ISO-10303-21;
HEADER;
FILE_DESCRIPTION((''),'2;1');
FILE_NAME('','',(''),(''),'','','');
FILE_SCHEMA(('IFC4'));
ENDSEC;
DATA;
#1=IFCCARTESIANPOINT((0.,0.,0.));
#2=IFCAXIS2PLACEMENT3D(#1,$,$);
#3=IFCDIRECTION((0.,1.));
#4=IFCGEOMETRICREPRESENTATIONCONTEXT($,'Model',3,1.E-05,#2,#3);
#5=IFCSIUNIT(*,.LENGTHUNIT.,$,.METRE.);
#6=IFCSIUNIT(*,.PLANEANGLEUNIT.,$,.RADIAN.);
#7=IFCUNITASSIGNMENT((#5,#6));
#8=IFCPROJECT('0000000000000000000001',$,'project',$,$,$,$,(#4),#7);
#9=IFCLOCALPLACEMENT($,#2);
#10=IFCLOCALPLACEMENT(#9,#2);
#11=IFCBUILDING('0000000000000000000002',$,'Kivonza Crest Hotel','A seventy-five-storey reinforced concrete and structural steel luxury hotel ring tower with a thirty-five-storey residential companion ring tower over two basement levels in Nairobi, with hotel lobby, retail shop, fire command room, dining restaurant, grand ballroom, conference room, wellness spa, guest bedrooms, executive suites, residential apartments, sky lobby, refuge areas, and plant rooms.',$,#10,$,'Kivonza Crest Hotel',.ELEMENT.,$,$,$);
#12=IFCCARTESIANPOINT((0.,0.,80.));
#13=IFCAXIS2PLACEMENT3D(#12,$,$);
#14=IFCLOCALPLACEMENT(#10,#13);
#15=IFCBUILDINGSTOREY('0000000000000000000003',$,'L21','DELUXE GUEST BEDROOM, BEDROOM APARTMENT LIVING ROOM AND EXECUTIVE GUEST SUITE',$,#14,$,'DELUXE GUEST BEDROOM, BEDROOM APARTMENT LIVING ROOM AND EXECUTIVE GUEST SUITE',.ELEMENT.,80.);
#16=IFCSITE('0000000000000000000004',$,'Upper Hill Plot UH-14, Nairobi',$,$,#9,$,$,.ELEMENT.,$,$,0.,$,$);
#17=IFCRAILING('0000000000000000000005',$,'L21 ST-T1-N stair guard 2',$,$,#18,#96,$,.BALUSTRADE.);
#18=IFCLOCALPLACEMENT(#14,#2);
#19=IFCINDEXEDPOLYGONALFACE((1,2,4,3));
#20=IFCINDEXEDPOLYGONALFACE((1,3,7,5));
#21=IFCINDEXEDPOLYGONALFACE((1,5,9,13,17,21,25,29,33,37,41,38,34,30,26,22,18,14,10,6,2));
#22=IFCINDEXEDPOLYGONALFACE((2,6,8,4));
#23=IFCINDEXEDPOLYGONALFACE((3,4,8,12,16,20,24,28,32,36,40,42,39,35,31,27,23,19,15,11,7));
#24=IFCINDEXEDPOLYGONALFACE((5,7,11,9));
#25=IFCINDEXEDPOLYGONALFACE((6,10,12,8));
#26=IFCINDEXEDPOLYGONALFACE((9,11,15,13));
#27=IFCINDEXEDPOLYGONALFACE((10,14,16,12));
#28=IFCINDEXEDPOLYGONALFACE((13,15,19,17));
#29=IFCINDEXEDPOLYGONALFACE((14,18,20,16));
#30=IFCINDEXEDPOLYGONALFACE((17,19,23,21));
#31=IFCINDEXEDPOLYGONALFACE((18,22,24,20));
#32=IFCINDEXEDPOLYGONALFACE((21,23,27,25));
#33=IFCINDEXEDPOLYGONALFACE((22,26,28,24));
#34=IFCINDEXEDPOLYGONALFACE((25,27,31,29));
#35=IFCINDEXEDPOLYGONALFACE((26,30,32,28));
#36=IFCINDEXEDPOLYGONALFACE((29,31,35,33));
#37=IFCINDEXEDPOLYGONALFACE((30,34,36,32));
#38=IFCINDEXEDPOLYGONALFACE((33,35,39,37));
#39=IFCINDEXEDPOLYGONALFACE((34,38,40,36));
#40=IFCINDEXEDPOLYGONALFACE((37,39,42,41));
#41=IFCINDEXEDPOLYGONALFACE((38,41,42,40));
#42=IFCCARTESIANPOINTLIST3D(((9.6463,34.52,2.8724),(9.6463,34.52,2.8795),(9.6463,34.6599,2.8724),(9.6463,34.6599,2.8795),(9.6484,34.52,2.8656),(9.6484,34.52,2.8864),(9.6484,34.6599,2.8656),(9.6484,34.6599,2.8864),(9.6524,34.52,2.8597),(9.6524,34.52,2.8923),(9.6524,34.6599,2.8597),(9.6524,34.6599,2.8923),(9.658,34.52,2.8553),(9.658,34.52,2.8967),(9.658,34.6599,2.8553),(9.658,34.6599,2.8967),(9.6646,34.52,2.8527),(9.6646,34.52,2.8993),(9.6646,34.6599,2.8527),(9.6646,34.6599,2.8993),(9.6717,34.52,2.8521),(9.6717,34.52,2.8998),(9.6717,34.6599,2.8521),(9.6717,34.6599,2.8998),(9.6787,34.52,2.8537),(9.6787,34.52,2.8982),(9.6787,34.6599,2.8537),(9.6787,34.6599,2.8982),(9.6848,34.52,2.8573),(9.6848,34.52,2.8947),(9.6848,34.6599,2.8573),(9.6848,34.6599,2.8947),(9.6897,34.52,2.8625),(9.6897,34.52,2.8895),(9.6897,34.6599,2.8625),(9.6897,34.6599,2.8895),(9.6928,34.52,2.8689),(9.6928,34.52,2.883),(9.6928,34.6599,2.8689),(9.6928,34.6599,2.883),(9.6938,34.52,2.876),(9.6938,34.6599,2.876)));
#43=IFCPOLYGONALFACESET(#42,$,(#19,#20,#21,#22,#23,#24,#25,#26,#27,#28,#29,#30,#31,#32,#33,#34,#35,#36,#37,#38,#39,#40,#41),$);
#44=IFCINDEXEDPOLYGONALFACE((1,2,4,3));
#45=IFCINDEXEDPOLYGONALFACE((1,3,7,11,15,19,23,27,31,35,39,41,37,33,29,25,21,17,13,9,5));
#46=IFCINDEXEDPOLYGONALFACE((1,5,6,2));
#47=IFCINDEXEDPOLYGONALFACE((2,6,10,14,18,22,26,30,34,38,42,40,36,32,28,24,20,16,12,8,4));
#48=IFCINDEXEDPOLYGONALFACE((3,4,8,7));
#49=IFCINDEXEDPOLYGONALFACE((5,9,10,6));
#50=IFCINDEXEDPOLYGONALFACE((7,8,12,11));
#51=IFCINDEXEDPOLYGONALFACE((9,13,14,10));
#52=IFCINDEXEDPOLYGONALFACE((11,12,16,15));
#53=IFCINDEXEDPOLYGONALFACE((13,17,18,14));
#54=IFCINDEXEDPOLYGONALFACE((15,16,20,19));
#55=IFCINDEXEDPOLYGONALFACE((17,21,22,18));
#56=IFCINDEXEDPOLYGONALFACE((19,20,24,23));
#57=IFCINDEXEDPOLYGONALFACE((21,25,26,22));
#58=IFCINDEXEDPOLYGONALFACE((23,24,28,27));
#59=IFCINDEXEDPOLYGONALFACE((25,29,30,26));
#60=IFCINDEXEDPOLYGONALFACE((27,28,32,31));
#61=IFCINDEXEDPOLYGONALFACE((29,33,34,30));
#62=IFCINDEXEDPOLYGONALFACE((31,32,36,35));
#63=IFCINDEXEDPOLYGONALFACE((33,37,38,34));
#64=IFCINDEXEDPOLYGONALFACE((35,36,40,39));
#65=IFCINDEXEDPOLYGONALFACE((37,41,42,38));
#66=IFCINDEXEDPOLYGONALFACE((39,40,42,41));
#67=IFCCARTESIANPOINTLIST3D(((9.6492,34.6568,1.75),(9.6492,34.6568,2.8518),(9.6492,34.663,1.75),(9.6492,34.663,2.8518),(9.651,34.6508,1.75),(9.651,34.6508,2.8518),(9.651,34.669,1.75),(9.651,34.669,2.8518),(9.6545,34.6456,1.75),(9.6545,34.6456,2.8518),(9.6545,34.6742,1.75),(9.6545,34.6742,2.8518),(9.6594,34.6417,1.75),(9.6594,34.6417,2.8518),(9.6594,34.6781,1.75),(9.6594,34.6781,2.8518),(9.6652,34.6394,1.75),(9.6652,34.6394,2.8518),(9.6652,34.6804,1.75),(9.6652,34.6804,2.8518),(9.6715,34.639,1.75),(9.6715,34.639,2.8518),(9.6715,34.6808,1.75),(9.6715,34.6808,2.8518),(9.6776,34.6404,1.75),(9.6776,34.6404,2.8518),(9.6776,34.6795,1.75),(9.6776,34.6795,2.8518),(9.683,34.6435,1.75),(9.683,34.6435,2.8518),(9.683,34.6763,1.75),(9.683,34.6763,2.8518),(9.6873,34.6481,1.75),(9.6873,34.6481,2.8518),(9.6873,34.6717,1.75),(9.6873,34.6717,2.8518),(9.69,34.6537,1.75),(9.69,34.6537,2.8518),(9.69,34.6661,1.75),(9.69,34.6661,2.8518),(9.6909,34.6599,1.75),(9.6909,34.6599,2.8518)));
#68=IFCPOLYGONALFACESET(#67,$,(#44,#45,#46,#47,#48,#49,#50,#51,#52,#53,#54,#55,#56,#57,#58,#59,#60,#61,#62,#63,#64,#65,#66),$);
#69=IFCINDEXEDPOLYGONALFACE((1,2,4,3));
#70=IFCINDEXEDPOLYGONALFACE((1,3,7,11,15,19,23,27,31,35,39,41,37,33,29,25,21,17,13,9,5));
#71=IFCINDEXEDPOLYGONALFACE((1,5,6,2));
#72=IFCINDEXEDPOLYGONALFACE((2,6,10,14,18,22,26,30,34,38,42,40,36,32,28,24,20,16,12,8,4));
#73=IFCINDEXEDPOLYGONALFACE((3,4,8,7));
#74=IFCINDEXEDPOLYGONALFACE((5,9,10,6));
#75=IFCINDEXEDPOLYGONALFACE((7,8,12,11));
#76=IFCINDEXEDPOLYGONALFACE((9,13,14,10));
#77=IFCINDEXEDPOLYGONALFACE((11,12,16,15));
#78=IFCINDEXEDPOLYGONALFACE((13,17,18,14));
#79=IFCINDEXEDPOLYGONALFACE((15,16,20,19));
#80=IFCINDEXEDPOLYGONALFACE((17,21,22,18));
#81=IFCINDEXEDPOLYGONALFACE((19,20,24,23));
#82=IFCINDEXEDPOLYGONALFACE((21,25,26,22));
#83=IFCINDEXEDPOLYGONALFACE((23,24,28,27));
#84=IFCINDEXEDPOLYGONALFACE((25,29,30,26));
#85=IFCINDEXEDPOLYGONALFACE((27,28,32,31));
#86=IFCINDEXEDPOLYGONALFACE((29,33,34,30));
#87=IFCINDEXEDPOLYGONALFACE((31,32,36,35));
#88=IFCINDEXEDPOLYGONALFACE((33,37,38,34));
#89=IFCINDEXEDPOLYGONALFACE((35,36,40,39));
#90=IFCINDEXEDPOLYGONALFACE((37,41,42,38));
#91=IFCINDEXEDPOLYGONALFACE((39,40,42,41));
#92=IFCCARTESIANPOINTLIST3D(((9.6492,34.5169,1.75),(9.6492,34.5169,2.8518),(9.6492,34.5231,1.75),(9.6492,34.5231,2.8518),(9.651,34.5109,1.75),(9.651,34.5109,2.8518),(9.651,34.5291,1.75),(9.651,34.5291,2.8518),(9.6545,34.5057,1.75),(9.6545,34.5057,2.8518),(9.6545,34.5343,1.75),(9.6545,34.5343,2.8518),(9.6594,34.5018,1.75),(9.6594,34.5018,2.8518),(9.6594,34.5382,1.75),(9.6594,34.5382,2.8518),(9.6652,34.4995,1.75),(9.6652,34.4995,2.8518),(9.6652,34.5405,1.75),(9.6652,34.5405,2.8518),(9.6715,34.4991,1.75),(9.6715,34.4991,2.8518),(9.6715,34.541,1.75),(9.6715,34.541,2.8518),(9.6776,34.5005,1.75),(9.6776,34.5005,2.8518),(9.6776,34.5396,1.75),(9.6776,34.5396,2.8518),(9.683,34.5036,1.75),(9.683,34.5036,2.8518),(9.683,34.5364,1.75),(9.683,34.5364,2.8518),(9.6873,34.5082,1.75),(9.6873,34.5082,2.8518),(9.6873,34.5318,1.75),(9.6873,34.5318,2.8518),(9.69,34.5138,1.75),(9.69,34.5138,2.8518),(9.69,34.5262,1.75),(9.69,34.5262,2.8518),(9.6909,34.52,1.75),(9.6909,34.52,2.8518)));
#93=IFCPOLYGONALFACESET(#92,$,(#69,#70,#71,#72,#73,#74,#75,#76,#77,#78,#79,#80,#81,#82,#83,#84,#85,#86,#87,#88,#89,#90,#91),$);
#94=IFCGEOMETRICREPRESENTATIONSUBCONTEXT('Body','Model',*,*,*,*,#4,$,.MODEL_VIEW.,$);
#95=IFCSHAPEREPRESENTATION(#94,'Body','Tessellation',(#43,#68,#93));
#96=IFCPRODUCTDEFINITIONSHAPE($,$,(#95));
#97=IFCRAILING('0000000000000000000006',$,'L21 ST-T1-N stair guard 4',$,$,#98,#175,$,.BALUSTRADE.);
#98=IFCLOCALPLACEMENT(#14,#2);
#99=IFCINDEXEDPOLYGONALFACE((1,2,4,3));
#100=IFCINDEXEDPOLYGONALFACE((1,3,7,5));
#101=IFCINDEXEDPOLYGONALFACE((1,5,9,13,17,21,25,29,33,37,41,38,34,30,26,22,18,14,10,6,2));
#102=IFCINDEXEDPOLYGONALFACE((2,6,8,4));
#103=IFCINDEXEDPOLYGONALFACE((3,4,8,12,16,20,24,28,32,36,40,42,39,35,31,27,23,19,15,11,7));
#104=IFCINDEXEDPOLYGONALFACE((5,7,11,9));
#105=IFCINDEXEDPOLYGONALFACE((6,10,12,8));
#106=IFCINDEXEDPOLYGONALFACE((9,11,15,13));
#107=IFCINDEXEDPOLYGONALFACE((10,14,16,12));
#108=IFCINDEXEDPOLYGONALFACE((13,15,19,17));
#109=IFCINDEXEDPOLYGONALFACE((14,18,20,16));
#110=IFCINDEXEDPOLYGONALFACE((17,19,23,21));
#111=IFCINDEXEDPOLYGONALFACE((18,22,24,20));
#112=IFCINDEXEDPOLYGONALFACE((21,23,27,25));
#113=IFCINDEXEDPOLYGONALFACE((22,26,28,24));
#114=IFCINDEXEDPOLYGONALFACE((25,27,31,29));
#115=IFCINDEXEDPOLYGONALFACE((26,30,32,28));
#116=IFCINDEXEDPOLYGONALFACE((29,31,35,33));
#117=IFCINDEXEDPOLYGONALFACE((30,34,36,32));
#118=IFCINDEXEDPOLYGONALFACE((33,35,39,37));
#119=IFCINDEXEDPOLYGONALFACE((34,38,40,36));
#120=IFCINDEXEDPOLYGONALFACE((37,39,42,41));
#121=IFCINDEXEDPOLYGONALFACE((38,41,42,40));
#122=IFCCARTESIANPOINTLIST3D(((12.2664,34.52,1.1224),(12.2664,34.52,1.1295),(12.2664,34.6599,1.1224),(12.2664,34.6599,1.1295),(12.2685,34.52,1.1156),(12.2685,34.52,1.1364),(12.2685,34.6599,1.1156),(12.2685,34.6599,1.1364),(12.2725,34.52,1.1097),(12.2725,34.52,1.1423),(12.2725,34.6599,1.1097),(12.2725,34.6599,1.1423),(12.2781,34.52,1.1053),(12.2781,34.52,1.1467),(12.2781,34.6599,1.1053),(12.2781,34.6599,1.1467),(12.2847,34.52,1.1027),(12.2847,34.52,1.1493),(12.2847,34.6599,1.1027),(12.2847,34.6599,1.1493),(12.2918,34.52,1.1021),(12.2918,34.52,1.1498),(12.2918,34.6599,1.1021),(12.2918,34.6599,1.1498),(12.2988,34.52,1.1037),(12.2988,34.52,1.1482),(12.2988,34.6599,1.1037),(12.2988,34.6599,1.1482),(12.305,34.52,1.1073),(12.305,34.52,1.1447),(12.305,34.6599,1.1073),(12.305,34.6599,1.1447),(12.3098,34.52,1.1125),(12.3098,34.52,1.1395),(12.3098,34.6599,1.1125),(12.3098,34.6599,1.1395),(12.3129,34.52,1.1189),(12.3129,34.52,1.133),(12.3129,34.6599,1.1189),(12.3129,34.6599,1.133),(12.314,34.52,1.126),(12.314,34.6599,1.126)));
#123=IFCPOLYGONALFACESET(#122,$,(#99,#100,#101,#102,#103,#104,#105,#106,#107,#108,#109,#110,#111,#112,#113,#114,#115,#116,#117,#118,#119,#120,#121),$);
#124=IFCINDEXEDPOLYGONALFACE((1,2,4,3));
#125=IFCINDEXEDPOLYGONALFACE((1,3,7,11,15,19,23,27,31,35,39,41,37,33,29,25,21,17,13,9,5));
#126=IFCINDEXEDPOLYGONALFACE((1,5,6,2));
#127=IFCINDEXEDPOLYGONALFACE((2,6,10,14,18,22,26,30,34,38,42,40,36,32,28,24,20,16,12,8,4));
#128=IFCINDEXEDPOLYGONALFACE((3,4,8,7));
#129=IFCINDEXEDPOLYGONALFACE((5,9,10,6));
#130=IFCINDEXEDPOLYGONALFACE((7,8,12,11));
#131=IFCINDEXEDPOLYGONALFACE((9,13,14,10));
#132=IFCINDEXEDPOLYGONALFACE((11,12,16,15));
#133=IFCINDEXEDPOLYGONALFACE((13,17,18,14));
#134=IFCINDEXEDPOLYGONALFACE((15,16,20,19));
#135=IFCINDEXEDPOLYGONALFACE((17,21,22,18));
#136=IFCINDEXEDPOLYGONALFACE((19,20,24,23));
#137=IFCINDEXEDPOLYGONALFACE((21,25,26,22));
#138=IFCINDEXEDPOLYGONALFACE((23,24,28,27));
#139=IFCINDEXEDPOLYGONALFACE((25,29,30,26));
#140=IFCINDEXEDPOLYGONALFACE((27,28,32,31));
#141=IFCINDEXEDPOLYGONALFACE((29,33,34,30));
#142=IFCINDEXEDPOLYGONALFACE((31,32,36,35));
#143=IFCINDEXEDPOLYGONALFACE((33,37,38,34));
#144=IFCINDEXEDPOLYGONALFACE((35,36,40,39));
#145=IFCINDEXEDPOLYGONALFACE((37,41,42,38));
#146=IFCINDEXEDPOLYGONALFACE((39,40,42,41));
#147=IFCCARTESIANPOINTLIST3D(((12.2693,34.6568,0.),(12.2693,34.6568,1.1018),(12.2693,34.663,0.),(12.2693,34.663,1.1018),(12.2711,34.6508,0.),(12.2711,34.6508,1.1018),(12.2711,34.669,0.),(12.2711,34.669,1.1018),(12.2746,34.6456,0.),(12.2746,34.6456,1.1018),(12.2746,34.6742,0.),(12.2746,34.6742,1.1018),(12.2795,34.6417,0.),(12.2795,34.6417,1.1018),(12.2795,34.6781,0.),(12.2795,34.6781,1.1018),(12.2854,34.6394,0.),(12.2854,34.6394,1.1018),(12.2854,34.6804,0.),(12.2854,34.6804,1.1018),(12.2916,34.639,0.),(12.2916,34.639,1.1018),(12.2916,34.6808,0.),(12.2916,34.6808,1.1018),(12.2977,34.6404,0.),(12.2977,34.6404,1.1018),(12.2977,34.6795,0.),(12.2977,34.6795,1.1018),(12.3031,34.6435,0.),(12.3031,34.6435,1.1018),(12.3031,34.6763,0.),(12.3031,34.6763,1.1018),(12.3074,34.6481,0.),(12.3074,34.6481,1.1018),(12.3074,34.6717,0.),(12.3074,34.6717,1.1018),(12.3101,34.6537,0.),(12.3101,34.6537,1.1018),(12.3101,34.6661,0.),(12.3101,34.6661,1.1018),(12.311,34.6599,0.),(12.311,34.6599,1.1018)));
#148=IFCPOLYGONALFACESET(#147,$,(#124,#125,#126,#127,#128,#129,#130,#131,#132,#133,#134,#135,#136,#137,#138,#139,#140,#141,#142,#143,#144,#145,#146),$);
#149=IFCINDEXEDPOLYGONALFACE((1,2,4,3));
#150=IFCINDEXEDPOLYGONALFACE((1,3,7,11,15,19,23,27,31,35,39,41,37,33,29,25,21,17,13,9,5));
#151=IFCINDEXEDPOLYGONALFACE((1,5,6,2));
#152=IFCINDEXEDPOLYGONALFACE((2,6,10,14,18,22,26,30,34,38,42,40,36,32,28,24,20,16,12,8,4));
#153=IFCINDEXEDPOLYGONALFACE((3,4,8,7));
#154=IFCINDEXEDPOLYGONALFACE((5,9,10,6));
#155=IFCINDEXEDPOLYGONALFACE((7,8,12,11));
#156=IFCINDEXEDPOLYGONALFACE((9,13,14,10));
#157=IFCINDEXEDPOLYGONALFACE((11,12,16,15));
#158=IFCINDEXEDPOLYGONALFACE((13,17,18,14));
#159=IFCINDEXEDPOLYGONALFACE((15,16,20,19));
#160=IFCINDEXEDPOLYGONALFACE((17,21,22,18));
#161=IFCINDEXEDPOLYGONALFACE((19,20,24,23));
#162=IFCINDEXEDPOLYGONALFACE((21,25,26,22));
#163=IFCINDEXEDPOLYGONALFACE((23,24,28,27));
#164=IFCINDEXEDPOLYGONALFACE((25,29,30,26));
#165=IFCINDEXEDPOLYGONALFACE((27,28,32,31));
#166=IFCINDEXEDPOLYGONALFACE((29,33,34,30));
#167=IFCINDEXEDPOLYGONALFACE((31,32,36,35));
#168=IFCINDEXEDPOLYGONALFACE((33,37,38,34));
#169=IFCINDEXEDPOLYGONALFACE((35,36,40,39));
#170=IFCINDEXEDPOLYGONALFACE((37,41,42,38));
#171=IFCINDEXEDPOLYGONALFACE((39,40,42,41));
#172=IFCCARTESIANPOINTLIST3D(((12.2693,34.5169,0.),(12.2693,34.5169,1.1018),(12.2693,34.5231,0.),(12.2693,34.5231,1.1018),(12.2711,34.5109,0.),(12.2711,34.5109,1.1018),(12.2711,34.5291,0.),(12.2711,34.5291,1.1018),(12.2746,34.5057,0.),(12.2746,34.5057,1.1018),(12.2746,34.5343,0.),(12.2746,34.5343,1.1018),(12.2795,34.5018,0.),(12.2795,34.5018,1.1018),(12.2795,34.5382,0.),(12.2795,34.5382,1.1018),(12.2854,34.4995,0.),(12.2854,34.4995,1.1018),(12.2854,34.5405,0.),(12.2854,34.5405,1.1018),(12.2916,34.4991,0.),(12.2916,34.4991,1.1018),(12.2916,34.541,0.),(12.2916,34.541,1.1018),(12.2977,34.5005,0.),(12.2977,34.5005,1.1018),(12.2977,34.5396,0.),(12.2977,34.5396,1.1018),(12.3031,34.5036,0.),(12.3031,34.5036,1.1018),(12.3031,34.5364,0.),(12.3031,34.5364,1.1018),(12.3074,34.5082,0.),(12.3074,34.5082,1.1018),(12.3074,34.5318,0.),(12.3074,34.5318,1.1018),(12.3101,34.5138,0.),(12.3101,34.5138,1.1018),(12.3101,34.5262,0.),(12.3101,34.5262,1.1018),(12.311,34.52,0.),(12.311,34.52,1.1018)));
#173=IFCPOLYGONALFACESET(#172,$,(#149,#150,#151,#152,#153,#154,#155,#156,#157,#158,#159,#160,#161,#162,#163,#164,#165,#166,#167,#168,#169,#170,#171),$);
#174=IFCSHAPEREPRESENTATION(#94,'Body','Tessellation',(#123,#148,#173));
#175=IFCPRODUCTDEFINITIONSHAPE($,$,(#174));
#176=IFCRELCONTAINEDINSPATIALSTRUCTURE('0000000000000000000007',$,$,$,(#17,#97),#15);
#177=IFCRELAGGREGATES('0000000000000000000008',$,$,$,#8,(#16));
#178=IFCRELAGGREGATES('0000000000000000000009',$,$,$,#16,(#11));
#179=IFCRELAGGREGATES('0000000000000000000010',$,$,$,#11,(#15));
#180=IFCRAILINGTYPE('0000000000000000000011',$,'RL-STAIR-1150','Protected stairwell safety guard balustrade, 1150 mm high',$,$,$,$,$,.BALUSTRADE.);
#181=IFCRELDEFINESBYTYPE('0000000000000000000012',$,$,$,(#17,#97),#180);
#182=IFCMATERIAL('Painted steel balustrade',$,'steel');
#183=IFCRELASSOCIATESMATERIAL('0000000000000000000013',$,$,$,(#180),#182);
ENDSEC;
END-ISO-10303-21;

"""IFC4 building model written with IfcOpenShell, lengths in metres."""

from ifc_helpers import new_model, si_unit, direction, frame, origin, origin_2d, place, context, subcontext, project, spatial, circle, extrude, material, type_object, element, save


model = new_model("IFC4")

# Units and contexts
model_context = context("Model", 3, precision=1e-05, world=origin(), true_north=direction((0.0, 1.0)))
body_context = subcontext(model_context, "Body", "Model", "MODEL_VIEW")
ifc_project = project(units=[si_unit("LENGTHUNIT", "METRE"), si_unit("PLANEANGLEUNIT", "RADIAN")], contexts=[model_context])

# Site, building, storey
site_placement = place(None, origin())
site = spatial("IfcSite", under=ifc_project, at=site_placement, Name="Upper Hill Plot UH-14, Nairobi", CompositionType="ELEMENT", RefElevation=0.0)
building_placement = place(site_placement, origin())
building = spatial("IfcBuilding", under=site, at=building_placement, Name="Kivonza Crest Hotel", Description="A seventy-five-storey reinforced concrete and structural steel luxury hotel ring tower with a thirty-five-storey residential companion ring tower over two basement levels in Nairobi, with hotel lobby, retail shop, fire command room, dining restaurant, grand ballroom, conference room, wellness spa, guest bedrooms, executive suites, residential apartments, sky lobby, refuge areas, and plant rooms.", LongName="Kivonza Crest Hotel", CompositionType="ELEMENT")
storey_placement = place(building_placement, frame((0.0, 0.0, 80.0)))
storey = spatial("IfcBuildingStorey", under=building, at=storey_placement, Name="L21", Description="DELUXE GUEST BEDROOM, BEDROOM APARTMENT LIVING ROOM AND EXECUTIVE GUEST SUITE", LongName="DELUXE GUEST BEDROOM, BEDROOM APARTMENT LIVING ROOM AND EXECUTIVE GUEST SUITE", CompositionType="ELEMENT", Elevation=80.0)

# Railings
ifc_material_1 = material(Name="Painted steel balustrade", Category="steel")
railing_type_1 = type_object("IfcRailingType", Name="RL-STAIR-1150", Description="Protected stairwell safety guard balustrade, 1150 mm high", PredefinedType="BALUSTRADE", material=ifc_material_1)
for number, where, name in (
    (1, (9.6699, 34.6599, 1.75), "L21 ST-T1-N stair guard 2"),
    (2, (12.29, 34.6599, 0.0), "L21 ST-T1-N stair guard 4"),
):
    element("IfcRailing", number, at=place(storey_placement, frame(where)), inside=storey, type_object=railing_type_1, Name=name, PredefinedType="BALUSTRADE", context=body_context, shape_type="SweptSolid", body=[
        extrude(circle(Radius=0.0239, at=origin_2d()), frame((0.0, 0.0, 1.126), z_axis=(0.0, -1.0, 0.0), x_axis=(1.0, 0.0, 0.0)), (0.0, 0.0, 1.0), 0.1399),
        extrude(circle(Radius=0.021, at=origin_2d()), origin(), (0.0, 0.0, 1.0), 1.1018),
        extrude(circle(Radius=0.021, at=origin_2d()), frame((0.0, -0.1399, 0.0)), (0.0, 0.0, 1.0), 1.1018),
    ])

save(model, "model.ifc")
